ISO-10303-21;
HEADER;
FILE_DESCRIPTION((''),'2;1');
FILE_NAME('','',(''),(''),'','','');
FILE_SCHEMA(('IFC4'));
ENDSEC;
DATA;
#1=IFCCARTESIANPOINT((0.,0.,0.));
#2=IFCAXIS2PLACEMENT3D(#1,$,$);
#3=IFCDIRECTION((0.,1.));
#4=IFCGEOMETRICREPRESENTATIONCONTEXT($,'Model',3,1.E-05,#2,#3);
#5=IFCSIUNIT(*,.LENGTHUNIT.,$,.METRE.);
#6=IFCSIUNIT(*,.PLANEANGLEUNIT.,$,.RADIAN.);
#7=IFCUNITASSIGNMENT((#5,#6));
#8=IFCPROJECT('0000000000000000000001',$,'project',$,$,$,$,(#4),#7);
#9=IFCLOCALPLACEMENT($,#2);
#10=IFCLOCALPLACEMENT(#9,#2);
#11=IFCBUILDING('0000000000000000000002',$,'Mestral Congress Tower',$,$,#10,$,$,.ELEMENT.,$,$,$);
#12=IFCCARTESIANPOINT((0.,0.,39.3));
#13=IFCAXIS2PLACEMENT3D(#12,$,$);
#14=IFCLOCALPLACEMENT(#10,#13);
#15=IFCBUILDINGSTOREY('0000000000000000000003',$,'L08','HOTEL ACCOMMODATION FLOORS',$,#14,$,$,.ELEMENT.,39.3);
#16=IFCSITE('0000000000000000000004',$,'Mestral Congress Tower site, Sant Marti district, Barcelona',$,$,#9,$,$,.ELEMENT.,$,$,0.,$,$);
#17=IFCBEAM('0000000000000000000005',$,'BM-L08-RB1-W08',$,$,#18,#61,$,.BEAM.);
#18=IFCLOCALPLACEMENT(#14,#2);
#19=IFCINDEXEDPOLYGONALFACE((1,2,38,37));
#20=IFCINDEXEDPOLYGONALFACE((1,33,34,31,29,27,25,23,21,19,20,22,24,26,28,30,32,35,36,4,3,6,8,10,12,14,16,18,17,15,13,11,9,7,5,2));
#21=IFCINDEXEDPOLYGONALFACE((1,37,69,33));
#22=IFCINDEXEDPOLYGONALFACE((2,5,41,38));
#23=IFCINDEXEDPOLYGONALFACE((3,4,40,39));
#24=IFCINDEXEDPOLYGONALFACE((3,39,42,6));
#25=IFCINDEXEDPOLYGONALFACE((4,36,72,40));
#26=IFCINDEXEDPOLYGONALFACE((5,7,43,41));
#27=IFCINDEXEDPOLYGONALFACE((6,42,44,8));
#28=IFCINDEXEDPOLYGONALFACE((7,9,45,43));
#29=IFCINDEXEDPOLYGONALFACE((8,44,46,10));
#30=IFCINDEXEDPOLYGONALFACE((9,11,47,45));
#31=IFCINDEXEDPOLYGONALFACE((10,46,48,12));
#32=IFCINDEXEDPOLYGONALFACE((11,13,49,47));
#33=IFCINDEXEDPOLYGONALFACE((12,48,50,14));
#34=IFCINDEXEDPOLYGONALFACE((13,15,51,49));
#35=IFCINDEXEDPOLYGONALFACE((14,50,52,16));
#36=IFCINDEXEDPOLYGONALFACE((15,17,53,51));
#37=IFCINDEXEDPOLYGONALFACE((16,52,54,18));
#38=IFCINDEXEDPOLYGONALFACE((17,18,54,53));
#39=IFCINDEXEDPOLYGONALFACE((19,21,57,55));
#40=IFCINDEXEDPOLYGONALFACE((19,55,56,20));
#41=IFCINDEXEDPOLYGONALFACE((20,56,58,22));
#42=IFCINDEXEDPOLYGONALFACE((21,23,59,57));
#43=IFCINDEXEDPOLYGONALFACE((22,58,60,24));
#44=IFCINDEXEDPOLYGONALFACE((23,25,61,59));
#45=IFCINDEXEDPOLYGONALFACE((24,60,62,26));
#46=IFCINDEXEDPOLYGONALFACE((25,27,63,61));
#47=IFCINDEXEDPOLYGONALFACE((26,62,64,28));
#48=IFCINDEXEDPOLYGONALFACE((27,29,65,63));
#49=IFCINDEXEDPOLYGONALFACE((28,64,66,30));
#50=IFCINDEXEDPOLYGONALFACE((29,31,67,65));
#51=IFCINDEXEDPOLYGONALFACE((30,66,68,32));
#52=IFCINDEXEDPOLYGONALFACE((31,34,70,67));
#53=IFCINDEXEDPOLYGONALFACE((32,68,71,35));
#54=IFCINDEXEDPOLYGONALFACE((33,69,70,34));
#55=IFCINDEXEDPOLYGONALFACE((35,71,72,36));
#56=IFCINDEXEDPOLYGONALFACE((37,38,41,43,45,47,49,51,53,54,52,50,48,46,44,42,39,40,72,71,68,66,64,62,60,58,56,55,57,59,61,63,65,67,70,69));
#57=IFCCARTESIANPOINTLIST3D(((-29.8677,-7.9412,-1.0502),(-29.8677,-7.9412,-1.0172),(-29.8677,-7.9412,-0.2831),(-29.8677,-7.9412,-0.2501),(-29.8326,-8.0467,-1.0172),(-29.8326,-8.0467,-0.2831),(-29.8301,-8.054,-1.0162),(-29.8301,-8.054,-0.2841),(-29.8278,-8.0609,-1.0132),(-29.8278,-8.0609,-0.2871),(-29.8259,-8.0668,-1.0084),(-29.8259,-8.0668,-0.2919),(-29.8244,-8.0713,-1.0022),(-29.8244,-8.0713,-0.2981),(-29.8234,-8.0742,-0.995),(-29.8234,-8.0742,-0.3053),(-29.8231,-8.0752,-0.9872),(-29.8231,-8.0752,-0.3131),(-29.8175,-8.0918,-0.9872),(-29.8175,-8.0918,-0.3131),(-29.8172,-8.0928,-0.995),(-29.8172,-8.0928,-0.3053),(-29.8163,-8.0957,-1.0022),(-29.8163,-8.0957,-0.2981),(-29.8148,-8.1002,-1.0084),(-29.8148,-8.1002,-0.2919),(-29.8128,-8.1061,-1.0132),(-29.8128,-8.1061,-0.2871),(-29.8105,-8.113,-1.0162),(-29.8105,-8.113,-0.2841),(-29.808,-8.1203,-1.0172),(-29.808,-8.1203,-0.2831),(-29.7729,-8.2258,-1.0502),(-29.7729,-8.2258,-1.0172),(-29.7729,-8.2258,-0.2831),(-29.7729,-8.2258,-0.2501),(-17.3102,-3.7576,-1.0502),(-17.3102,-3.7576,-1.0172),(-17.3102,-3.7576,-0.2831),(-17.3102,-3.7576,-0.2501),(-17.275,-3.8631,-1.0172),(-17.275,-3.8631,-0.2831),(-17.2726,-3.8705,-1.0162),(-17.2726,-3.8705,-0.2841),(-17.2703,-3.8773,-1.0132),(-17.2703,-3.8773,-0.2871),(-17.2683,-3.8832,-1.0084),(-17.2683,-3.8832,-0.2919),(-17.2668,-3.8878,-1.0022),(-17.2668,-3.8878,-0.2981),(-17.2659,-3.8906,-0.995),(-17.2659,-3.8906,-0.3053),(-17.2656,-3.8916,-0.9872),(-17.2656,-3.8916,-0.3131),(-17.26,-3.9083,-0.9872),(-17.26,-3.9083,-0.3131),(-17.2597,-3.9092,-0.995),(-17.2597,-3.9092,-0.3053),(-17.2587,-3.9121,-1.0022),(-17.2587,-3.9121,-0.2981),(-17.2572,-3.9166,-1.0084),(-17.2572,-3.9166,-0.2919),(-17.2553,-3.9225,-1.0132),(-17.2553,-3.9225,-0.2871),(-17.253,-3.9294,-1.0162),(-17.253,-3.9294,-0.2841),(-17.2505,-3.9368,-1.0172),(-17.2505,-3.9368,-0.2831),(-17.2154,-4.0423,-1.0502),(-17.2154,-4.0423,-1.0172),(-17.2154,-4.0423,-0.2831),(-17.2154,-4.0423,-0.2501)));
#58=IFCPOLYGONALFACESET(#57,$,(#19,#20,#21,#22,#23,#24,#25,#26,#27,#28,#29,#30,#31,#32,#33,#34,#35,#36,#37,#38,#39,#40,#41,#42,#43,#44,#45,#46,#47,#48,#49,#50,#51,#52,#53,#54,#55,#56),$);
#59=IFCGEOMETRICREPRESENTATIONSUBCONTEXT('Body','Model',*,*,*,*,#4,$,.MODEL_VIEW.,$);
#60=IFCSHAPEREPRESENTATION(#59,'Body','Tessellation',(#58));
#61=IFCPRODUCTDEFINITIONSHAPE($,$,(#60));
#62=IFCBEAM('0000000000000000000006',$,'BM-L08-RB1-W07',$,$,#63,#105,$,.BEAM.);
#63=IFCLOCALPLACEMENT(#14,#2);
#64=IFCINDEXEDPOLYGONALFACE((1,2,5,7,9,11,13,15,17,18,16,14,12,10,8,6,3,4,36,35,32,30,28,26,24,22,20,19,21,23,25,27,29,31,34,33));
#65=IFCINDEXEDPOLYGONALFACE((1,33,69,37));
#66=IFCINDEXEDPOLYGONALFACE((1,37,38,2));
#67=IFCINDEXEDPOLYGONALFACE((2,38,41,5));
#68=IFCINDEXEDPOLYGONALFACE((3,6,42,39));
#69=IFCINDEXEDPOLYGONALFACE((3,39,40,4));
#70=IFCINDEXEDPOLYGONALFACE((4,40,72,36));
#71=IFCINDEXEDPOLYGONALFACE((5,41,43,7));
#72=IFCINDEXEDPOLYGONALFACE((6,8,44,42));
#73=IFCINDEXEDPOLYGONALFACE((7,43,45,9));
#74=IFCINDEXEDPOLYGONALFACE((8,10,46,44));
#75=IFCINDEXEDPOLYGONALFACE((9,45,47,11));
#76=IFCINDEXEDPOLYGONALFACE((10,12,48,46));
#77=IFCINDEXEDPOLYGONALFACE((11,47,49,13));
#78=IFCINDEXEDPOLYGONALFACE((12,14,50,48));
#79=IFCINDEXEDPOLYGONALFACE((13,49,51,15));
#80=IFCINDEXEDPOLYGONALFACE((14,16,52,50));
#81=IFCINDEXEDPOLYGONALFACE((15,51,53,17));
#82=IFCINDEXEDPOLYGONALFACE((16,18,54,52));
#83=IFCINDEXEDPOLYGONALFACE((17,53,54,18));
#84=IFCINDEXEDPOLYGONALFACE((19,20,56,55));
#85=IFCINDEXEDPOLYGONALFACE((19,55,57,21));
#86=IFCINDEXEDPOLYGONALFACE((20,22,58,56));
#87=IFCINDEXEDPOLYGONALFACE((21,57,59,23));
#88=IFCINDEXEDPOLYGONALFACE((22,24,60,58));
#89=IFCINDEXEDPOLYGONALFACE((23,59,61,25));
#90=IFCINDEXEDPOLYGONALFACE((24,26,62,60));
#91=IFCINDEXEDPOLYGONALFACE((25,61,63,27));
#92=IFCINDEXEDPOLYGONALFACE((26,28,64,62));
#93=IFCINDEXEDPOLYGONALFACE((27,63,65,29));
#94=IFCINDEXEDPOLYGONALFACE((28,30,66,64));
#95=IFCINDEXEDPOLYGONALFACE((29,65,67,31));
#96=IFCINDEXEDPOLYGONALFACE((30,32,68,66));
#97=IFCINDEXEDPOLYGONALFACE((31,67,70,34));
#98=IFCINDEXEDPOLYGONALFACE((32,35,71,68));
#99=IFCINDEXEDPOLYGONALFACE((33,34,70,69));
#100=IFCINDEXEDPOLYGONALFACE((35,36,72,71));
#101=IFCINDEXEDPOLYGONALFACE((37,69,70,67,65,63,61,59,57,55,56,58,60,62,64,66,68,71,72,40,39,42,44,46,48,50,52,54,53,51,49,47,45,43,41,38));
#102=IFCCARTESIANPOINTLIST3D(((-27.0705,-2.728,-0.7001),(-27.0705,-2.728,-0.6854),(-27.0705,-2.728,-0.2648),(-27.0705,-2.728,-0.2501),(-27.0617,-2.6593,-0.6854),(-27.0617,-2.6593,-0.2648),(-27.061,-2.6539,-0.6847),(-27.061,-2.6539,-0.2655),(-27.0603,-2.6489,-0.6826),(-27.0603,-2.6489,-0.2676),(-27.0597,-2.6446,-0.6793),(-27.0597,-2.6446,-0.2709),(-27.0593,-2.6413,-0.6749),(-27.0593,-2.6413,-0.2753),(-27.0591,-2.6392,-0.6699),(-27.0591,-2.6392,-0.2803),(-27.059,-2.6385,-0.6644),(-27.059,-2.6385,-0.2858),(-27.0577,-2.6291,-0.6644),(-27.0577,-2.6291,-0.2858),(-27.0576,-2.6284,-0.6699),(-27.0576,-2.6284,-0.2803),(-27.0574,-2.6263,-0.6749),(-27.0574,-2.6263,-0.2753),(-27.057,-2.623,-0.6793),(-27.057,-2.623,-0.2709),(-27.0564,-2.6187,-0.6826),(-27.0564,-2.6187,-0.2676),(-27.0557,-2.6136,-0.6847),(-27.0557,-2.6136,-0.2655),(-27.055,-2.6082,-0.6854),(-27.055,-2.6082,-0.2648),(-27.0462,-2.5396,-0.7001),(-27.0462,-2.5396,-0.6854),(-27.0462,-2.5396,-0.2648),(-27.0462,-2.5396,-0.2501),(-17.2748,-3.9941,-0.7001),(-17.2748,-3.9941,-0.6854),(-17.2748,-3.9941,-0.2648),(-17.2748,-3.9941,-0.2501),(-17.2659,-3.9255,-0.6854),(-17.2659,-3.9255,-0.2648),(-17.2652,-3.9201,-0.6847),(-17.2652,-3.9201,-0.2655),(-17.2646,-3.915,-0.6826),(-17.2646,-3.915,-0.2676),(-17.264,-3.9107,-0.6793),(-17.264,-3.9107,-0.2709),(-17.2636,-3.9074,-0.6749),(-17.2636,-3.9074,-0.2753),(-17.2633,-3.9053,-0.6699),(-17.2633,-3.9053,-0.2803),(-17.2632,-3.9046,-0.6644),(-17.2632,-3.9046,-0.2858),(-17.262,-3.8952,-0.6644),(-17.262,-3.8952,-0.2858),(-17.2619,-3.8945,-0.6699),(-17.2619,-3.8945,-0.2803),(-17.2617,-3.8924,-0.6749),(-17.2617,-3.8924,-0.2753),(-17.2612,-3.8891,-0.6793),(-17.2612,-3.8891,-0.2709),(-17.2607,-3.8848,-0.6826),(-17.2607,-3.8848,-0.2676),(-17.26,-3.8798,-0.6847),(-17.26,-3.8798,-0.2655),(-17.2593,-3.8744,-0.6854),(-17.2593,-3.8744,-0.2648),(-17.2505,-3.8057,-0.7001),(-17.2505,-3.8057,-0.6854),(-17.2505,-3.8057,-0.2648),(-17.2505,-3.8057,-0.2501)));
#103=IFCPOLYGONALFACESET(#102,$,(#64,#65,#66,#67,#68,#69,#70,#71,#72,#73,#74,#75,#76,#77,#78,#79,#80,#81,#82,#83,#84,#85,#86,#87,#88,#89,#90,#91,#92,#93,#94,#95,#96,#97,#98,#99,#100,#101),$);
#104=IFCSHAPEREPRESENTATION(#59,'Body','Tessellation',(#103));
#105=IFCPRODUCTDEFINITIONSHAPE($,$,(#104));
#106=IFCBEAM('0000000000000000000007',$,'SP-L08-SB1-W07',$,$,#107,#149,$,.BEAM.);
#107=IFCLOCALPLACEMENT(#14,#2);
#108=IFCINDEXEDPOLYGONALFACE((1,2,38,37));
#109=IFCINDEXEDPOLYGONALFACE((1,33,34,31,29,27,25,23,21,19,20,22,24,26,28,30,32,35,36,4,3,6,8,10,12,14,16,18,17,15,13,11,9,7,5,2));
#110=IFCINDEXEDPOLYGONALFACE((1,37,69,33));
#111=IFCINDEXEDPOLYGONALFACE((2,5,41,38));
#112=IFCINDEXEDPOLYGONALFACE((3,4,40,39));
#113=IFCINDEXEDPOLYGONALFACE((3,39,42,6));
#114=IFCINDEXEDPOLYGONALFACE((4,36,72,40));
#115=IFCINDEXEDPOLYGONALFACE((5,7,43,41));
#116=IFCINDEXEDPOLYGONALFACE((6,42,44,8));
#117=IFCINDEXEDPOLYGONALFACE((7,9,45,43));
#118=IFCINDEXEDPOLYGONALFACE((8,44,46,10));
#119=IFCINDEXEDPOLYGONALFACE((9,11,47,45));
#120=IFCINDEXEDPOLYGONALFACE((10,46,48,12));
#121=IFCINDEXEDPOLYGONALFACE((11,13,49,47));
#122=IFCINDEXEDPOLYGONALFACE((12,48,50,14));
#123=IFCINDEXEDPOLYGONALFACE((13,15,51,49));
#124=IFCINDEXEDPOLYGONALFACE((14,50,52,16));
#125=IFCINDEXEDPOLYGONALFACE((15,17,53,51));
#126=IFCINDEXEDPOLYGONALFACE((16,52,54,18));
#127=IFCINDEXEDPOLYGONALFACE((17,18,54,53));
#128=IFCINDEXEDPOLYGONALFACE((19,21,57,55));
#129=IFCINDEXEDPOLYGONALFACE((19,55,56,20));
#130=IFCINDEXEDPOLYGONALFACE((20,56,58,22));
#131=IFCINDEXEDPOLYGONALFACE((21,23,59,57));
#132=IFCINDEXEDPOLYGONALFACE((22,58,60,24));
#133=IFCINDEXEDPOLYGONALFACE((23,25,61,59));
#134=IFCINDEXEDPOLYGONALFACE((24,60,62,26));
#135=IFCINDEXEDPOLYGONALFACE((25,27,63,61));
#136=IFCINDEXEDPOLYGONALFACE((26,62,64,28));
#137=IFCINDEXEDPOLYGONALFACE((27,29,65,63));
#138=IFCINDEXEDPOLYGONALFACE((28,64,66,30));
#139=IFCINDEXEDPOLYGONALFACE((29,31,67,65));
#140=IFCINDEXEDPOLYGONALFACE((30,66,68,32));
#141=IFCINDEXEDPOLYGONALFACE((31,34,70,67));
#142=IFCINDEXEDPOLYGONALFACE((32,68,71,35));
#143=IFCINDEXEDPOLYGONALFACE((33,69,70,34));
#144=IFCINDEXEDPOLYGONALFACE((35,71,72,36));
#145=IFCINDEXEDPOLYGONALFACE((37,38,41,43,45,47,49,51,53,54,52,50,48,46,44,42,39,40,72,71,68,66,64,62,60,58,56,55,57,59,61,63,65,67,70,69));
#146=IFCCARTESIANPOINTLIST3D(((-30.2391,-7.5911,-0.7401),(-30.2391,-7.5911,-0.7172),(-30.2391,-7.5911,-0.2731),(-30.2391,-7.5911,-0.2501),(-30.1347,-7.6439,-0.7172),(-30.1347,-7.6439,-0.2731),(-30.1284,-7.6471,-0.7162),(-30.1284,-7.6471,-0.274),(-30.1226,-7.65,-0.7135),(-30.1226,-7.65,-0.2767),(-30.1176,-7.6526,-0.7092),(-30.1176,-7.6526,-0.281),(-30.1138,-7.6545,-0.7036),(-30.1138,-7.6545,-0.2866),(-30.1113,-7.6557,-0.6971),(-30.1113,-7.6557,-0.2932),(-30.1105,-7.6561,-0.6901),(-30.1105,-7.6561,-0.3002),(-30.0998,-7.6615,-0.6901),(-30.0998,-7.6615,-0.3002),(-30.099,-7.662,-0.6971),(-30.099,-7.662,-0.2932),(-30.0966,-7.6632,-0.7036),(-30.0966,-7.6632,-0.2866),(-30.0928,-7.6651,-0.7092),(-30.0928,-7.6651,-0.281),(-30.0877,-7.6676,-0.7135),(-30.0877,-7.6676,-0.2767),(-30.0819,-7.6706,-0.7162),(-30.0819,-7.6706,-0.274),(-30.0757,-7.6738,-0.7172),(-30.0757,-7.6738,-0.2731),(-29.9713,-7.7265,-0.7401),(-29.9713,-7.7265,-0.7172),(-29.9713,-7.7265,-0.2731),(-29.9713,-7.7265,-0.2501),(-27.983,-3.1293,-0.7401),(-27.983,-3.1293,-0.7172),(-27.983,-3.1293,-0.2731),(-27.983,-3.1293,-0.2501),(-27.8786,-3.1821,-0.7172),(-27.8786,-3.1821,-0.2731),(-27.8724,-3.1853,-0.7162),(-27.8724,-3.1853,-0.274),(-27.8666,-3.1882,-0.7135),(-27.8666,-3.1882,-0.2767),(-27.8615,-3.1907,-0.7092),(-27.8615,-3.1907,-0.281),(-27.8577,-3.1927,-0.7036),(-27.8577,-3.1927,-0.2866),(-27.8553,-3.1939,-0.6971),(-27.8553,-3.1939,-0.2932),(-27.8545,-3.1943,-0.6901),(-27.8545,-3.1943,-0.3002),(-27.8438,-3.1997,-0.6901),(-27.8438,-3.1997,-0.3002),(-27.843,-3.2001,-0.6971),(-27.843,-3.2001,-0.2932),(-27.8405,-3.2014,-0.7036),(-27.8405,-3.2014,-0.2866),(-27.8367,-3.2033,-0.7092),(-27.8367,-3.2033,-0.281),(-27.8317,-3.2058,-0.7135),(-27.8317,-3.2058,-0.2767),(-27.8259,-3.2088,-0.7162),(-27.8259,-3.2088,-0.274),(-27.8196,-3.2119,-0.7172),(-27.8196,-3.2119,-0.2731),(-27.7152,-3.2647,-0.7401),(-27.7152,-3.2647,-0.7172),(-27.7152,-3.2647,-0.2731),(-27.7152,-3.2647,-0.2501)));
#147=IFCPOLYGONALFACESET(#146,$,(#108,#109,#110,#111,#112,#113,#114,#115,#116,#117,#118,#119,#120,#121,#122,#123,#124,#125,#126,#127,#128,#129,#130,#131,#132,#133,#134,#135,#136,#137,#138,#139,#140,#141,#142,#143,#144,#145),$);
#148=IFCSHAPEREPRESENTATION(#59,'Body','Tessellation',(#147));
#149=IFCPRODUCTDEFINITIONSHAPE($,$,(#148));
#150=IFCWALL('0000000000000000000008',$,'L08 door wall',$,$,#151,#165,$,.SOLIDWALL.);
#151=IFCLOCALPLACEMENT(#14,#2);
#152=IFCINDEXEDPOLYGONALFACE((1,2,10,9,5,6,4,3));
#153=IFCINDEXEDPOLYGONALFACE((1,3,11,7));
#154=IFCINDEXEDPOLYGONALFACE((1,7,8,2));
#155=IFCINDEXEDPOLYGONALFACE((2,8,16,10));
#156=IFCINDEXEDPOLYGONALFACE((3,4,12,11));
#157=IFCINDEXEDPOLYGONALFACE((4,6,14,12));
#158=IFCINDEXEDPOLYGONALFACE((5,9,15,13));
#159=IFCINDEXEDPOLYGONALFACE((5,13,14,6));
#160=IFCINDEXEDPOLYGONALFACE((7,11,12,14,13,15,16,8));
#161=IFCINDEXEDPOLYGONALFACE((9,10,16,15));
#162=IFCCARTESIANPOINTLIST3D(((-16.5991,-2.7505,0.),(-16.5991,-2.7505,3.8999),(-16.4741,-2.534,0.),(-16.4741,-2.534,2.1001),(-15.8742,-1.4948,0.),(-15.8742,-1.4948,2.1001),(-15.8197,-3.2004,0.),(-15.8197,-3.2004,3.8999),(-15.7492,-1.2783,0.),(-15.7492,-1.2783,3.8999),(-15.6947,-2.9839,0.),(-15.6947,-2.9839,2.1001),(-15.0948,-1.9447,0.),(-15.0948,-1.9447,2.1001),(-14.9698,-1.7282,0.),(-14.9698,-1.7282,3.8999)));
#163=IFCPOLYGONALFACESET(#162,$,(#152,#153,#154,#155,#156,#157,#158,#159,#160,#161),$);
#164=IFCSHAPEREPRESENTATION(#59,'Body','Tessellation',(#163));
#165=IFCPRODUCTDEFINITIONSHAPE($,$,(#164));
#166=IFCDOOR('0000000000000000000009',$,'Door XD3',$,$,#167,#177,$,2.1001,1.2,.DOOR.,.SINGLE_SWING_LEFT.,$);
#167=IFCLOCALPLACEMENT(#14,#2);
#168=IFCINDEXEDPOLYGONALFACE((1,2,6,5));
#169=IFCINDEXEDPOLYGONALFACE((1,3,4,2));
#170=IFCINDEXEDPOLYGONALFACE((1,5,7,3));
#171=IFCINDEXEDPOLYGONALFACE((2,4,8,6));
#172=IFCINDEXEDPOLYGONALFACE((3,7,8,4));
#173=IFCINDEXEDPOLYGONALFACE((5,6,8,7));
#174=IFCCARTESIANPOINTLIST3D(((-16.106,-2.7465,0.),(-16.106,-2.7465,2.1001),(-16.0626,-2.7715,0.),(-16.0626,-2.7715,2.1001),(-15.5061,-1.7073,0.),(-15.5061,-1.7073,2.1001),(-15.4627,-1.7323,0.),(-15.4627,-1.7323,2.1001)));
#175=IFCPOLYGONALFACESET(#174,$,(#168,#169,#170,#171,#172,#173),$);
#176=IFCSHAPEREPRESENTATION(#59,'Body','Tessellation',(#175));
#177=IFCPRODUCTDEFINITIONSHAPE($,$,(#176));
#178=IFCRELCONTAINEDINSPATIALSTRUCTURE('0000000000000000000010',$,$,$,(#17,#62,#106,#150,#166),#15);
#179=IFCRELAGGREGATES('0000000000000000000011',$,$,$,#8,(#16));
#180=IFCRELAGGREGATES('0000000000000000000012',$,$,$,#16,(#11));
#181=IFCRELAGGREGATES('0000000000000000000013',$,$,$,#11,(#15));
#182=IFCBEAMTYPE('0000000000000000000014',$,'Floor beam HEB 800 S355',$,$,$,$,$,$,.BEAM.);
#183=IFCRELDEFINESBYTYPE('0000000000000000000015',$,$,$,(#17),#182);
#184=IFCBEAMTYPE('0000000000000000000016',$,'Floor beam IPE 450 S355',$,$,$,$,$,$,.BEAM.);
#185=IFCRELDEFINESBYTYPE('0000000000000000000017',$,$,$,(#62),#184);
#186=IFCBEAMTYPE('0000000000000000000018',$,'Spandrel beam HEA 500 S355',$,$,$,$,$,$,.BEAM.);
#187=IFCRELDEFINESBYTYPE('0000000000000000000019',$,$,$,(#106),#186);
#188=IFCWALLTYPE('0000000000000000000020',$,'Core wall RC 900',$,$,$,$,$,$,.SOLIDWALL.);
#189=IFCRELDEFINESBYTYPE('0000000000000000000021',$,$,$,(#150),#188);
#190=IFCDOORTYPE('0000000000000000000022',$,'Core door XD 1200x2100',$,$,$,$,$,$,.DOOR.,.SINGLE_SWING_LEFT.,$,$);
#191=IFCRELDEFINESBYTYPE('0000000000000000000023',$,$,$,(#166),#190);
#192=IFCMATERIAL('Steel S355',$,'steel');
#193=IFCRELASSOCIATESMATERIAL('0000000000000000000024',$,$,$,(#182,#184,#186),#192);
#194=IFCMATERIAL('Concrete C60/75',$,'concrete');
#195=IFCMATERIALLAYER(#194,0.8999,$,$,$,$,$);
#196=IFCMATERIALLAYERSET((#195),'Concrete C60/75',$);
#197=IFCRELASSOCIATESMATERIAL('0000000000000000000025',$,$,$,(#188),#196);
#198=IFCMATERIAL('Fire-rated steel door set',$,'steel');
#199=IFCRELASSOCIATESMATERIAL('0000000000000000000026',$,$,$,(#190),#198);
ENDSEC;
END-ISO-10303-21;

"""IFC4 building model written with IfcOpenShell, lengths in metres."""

from ifc_helpers import new_model, si_unit, direction, frame, frame_2d, origin, origin_2d, place, context, subcontext, project, spatial, rectangle, i_section, extrude, material, layer, layer_set, material_profile, profile_set, type_object, element, fill, save


model = new_model("IFC4")

# Units and contexts
model_context = context("Model", 3, precision=1e-05, world=origin(), true_north=direction((0.0, 1.0)))
body_context = subcontext(model_context, "Body", "Model", "MODEL_VIEW")
ifc_project = project(units=[si_unit("LENGTHUNIT", "METRE"), si_unit("PLANEANGLEUNIT", "RADIAN")], contexts=[model_context])

# Site, building, storey
site_placement = place(None, origin())
site = spatial("IfcSite", under=ifc_project, at=site_placement, Name="Mestral Congress Tower site, Sant Marti district, Barcelona", CompositionType="ELEMENT", RefElevation=0.0)
building_placement = place(site_placement, origin())
building = spatial("IfcBuilding", under=site, at=building_placement, Name="Mestral Congress Tower", CompositionType="ELEMENT")
storey_placement = place(building_placement, frame((0.0, 0.0, 39.3)))
storey = spatial("IfcBuildingStorey", under=building, at=storey_placement, Name="L08", Description="HOTEL ACCOMMODATION FLOORS", CompositionType="ELEMENT", Elevation=39.3)

# Beams
ifc_material_1 = material(Name="Steel S355", Category="steel")
ifc_material_profile_1 = material_profile(ifc_material_1, i_section(OverallWidth=0.3, OverallDepth=0.8, WebThickness=0.0176, FlangeThickness=0.033, FilletRadius=0.03, at=origin_2d()), Name="HEB 800")
ifc_profile_set_1 = profile_set([ifc_material_profile_1], Name="Steel S355")
beam_type_1 = type_object("IfcBeamType", Name="Floor beam HEB 800 S355", PredefinedType="BEAM", material=ifc_profile_set_1)
beam_1_placement = place(storey_placement, frame((-29.8203, -8.0835, -0.6501), z_axis=(0.948735, 0.316073, 0.0), x_axis=(-0.316073, 0.948735, 0.0)))
element("IfcBeam", 1, at=beam_1_placement, inside=storey, type_object=beam_type_1, Name="BM-L08-RB1-W08", PredefinedType="BEAM", context=body_context, shape_type="SweptSolid", body=[
    extrude(i_section(OverallWidth=0.3, OverallDepth=0.8, WebThickness=0.0176, FlangeThickness=0.033, FilletRadius=0.03, at=origin_2d()), origin(), (0.0, 0.0, 1.0), 13.2361),
])
ifc_material_profile_2 = material_profile(ifc_material_1, i_section(OverallWidth=0.1899, OverallDepth=0.45, WebThickness=0.0095, FlangeThickness=0.0146, FilletRadius=0.021, at=origin_2d()), Name="IPE 450")
ifc_profile_set_2 = profile_set([ifc_material_profile_2], Name="Steel S355")
beam_type_2 = type_object("IfcBeamType", Name="Floor beam IPE 450 S355", PredefinedType="BEAM", material=ifc_profile_set_2)
beam_2_placement = place(storey_placement, frame((-27.0583, -2.6338, -0.4751), z_axis=(0.99175, -0.128186, 0.0), x_axis=(0.128186, 0.99175, 0.0)))
element("IfcBeam", 2, at=beam_2_placement, inside=storey, type_object=beam_type_2, Name="BM-L08-RB1-W07", PredefinedType="BEAM", context=body_context, shape_type="SweptSolid", body=[
    extrude(i_section(OverallWidth=0.1899, OverallDepth=0.45, WebThickness=0.0095, FlangeThickness=0.0146, FilletRadius=0.021, at=origin_2d()), origin(), (0.0, 0.0, 1.0), 9.8772),
])
ifc_material_profile_3 = material_profile(ifc_material_1, i_section(OverallWidth=0.3, OverallDepth=0.49, WebThickness=0.012, FlangeThickness=0.0229, FilletRadius=0.0271, at=origin_2d()), Name="HEA 500")
ifc_profile_set_3 = profile_set([ifc_material_profile_3], Name="Steel S355")
beam_type_3 = type_object("IfcBeamType", Name="Spandrel beam HEA 500 S355", PredefinedType="BEAM", material=ifc_profile_set_3)
beam_3_placement = place(storey_placement, frame((-27.8491, -3.197, -0.4951), z_axis=(-0.451233, -0.892406, 0.0), x_axis=(0.892406, -0.451233, 0.0)))
element("IfcBeam", 3, at=beam_3_placement, inside=storey, type_object=beam_type_3, Name="SP-L08-SB1-W07", PredefinedType="BEAM", context=body_context, shape_type="SweptSolid", body=[
    extrude(i_section(OverallWidth=0.3, OverallDepth=0.49, WebThickness=0.012, FlangeThickness=0.0229, FilletRadius=0.0271, at=origin_2d()), origin(), (0.0, 0.0, 1.0), 4.9998),
])

# Wall, opening, door
ifc_material_2 = material(Name="Concrete C60/75", Category="concrete")
ifc_layer_1 = layer(ifc_material_2, 0.8999)
ifc_layer_set_1 = layer_set([ifc_layer_1], Name="Concrete C60/75")
wall_type_1 = type_object("IfcWallType", Name="Core wall RC 900", PredefinedType="SOLIDWALL", material=ifc_layer_set_1)
wall_1_placement = place(storey_placement, frame((-16.2095, -2.9756, 0.0), z_axis=(0.0, 0.0, 1.0), x_axis=(0.499955, 0.866052, 0.0)))
wall_1 = element("IfcWall", 4, at=wall_1_placement, inside=storey, type_object=wall_type_1, Name="L08 door wall", PredefinedType="SOLIDWALL", context=body_context, shape_type="SweptSolid", body=[
    extrude(rectangle(XDim=1.7, YDim=0.8999, at=frame_2d((0.8501, 0.0))), origin(), (0.0, 0.0, 1.0), 3.8999),
])
opening_1_placement = place(wall_1_placement, frame((0.25, 0.0, 0.0)))
opening_1 = element("IfcOpeningElement", 5, at=opening_1_placement, cuts=wall_1, PredefinedType="OPENING", context=body_context, shape_type="SweptSolid", body=[
    extrude(rectangle(XDim=1.2, YDim=2.1001, at=frame_2d((0.6001, 1.05))), frame((0.0, 0.46, 0.0), z_axis=(0.0, -1.0, 0.0), x_axis=(1.0, 0.0, 0.0)), (0.0, 0.0, 1.0), 0.9199),
])
ifc_material_3 = material(Name="Fire-rated steel door set", Category="steel")
door_type_1 = type_object("IfcDoorType", Name="Core door XD 1200x2100", OperationType="SINGLE_SWING_LEFT", PredefinedType="DOOR", material=ifc_material_3)
door_1_placement = place(opening_1_placement, origin())
door_1 = element("IfcDoor", 6, at=door_1_placement, inside=storey, type_object=door_type_1, Name="Door XD3", OperationType="SINGLE_SWING_LEFT", OverallHeight=2.1001, OverallWidth=1.2, PredefinedType="DOOR", context=body_context, shape_type="SweptSolid", body=[
    extrude(rectangle(XDim=1.2, YDim=2.1001, at=frame_2d((0.6001, 1.05))), frame((0.0, 0.0249, 0.0), z_axis=(0.0, -1.0, 0.0), x_axis=(1.0, 0.0, 0.0)), (0.0, 0.0, 1.0), 0.05),
])
fill(opening_1, door_1)

save(model, "model.ifc")
